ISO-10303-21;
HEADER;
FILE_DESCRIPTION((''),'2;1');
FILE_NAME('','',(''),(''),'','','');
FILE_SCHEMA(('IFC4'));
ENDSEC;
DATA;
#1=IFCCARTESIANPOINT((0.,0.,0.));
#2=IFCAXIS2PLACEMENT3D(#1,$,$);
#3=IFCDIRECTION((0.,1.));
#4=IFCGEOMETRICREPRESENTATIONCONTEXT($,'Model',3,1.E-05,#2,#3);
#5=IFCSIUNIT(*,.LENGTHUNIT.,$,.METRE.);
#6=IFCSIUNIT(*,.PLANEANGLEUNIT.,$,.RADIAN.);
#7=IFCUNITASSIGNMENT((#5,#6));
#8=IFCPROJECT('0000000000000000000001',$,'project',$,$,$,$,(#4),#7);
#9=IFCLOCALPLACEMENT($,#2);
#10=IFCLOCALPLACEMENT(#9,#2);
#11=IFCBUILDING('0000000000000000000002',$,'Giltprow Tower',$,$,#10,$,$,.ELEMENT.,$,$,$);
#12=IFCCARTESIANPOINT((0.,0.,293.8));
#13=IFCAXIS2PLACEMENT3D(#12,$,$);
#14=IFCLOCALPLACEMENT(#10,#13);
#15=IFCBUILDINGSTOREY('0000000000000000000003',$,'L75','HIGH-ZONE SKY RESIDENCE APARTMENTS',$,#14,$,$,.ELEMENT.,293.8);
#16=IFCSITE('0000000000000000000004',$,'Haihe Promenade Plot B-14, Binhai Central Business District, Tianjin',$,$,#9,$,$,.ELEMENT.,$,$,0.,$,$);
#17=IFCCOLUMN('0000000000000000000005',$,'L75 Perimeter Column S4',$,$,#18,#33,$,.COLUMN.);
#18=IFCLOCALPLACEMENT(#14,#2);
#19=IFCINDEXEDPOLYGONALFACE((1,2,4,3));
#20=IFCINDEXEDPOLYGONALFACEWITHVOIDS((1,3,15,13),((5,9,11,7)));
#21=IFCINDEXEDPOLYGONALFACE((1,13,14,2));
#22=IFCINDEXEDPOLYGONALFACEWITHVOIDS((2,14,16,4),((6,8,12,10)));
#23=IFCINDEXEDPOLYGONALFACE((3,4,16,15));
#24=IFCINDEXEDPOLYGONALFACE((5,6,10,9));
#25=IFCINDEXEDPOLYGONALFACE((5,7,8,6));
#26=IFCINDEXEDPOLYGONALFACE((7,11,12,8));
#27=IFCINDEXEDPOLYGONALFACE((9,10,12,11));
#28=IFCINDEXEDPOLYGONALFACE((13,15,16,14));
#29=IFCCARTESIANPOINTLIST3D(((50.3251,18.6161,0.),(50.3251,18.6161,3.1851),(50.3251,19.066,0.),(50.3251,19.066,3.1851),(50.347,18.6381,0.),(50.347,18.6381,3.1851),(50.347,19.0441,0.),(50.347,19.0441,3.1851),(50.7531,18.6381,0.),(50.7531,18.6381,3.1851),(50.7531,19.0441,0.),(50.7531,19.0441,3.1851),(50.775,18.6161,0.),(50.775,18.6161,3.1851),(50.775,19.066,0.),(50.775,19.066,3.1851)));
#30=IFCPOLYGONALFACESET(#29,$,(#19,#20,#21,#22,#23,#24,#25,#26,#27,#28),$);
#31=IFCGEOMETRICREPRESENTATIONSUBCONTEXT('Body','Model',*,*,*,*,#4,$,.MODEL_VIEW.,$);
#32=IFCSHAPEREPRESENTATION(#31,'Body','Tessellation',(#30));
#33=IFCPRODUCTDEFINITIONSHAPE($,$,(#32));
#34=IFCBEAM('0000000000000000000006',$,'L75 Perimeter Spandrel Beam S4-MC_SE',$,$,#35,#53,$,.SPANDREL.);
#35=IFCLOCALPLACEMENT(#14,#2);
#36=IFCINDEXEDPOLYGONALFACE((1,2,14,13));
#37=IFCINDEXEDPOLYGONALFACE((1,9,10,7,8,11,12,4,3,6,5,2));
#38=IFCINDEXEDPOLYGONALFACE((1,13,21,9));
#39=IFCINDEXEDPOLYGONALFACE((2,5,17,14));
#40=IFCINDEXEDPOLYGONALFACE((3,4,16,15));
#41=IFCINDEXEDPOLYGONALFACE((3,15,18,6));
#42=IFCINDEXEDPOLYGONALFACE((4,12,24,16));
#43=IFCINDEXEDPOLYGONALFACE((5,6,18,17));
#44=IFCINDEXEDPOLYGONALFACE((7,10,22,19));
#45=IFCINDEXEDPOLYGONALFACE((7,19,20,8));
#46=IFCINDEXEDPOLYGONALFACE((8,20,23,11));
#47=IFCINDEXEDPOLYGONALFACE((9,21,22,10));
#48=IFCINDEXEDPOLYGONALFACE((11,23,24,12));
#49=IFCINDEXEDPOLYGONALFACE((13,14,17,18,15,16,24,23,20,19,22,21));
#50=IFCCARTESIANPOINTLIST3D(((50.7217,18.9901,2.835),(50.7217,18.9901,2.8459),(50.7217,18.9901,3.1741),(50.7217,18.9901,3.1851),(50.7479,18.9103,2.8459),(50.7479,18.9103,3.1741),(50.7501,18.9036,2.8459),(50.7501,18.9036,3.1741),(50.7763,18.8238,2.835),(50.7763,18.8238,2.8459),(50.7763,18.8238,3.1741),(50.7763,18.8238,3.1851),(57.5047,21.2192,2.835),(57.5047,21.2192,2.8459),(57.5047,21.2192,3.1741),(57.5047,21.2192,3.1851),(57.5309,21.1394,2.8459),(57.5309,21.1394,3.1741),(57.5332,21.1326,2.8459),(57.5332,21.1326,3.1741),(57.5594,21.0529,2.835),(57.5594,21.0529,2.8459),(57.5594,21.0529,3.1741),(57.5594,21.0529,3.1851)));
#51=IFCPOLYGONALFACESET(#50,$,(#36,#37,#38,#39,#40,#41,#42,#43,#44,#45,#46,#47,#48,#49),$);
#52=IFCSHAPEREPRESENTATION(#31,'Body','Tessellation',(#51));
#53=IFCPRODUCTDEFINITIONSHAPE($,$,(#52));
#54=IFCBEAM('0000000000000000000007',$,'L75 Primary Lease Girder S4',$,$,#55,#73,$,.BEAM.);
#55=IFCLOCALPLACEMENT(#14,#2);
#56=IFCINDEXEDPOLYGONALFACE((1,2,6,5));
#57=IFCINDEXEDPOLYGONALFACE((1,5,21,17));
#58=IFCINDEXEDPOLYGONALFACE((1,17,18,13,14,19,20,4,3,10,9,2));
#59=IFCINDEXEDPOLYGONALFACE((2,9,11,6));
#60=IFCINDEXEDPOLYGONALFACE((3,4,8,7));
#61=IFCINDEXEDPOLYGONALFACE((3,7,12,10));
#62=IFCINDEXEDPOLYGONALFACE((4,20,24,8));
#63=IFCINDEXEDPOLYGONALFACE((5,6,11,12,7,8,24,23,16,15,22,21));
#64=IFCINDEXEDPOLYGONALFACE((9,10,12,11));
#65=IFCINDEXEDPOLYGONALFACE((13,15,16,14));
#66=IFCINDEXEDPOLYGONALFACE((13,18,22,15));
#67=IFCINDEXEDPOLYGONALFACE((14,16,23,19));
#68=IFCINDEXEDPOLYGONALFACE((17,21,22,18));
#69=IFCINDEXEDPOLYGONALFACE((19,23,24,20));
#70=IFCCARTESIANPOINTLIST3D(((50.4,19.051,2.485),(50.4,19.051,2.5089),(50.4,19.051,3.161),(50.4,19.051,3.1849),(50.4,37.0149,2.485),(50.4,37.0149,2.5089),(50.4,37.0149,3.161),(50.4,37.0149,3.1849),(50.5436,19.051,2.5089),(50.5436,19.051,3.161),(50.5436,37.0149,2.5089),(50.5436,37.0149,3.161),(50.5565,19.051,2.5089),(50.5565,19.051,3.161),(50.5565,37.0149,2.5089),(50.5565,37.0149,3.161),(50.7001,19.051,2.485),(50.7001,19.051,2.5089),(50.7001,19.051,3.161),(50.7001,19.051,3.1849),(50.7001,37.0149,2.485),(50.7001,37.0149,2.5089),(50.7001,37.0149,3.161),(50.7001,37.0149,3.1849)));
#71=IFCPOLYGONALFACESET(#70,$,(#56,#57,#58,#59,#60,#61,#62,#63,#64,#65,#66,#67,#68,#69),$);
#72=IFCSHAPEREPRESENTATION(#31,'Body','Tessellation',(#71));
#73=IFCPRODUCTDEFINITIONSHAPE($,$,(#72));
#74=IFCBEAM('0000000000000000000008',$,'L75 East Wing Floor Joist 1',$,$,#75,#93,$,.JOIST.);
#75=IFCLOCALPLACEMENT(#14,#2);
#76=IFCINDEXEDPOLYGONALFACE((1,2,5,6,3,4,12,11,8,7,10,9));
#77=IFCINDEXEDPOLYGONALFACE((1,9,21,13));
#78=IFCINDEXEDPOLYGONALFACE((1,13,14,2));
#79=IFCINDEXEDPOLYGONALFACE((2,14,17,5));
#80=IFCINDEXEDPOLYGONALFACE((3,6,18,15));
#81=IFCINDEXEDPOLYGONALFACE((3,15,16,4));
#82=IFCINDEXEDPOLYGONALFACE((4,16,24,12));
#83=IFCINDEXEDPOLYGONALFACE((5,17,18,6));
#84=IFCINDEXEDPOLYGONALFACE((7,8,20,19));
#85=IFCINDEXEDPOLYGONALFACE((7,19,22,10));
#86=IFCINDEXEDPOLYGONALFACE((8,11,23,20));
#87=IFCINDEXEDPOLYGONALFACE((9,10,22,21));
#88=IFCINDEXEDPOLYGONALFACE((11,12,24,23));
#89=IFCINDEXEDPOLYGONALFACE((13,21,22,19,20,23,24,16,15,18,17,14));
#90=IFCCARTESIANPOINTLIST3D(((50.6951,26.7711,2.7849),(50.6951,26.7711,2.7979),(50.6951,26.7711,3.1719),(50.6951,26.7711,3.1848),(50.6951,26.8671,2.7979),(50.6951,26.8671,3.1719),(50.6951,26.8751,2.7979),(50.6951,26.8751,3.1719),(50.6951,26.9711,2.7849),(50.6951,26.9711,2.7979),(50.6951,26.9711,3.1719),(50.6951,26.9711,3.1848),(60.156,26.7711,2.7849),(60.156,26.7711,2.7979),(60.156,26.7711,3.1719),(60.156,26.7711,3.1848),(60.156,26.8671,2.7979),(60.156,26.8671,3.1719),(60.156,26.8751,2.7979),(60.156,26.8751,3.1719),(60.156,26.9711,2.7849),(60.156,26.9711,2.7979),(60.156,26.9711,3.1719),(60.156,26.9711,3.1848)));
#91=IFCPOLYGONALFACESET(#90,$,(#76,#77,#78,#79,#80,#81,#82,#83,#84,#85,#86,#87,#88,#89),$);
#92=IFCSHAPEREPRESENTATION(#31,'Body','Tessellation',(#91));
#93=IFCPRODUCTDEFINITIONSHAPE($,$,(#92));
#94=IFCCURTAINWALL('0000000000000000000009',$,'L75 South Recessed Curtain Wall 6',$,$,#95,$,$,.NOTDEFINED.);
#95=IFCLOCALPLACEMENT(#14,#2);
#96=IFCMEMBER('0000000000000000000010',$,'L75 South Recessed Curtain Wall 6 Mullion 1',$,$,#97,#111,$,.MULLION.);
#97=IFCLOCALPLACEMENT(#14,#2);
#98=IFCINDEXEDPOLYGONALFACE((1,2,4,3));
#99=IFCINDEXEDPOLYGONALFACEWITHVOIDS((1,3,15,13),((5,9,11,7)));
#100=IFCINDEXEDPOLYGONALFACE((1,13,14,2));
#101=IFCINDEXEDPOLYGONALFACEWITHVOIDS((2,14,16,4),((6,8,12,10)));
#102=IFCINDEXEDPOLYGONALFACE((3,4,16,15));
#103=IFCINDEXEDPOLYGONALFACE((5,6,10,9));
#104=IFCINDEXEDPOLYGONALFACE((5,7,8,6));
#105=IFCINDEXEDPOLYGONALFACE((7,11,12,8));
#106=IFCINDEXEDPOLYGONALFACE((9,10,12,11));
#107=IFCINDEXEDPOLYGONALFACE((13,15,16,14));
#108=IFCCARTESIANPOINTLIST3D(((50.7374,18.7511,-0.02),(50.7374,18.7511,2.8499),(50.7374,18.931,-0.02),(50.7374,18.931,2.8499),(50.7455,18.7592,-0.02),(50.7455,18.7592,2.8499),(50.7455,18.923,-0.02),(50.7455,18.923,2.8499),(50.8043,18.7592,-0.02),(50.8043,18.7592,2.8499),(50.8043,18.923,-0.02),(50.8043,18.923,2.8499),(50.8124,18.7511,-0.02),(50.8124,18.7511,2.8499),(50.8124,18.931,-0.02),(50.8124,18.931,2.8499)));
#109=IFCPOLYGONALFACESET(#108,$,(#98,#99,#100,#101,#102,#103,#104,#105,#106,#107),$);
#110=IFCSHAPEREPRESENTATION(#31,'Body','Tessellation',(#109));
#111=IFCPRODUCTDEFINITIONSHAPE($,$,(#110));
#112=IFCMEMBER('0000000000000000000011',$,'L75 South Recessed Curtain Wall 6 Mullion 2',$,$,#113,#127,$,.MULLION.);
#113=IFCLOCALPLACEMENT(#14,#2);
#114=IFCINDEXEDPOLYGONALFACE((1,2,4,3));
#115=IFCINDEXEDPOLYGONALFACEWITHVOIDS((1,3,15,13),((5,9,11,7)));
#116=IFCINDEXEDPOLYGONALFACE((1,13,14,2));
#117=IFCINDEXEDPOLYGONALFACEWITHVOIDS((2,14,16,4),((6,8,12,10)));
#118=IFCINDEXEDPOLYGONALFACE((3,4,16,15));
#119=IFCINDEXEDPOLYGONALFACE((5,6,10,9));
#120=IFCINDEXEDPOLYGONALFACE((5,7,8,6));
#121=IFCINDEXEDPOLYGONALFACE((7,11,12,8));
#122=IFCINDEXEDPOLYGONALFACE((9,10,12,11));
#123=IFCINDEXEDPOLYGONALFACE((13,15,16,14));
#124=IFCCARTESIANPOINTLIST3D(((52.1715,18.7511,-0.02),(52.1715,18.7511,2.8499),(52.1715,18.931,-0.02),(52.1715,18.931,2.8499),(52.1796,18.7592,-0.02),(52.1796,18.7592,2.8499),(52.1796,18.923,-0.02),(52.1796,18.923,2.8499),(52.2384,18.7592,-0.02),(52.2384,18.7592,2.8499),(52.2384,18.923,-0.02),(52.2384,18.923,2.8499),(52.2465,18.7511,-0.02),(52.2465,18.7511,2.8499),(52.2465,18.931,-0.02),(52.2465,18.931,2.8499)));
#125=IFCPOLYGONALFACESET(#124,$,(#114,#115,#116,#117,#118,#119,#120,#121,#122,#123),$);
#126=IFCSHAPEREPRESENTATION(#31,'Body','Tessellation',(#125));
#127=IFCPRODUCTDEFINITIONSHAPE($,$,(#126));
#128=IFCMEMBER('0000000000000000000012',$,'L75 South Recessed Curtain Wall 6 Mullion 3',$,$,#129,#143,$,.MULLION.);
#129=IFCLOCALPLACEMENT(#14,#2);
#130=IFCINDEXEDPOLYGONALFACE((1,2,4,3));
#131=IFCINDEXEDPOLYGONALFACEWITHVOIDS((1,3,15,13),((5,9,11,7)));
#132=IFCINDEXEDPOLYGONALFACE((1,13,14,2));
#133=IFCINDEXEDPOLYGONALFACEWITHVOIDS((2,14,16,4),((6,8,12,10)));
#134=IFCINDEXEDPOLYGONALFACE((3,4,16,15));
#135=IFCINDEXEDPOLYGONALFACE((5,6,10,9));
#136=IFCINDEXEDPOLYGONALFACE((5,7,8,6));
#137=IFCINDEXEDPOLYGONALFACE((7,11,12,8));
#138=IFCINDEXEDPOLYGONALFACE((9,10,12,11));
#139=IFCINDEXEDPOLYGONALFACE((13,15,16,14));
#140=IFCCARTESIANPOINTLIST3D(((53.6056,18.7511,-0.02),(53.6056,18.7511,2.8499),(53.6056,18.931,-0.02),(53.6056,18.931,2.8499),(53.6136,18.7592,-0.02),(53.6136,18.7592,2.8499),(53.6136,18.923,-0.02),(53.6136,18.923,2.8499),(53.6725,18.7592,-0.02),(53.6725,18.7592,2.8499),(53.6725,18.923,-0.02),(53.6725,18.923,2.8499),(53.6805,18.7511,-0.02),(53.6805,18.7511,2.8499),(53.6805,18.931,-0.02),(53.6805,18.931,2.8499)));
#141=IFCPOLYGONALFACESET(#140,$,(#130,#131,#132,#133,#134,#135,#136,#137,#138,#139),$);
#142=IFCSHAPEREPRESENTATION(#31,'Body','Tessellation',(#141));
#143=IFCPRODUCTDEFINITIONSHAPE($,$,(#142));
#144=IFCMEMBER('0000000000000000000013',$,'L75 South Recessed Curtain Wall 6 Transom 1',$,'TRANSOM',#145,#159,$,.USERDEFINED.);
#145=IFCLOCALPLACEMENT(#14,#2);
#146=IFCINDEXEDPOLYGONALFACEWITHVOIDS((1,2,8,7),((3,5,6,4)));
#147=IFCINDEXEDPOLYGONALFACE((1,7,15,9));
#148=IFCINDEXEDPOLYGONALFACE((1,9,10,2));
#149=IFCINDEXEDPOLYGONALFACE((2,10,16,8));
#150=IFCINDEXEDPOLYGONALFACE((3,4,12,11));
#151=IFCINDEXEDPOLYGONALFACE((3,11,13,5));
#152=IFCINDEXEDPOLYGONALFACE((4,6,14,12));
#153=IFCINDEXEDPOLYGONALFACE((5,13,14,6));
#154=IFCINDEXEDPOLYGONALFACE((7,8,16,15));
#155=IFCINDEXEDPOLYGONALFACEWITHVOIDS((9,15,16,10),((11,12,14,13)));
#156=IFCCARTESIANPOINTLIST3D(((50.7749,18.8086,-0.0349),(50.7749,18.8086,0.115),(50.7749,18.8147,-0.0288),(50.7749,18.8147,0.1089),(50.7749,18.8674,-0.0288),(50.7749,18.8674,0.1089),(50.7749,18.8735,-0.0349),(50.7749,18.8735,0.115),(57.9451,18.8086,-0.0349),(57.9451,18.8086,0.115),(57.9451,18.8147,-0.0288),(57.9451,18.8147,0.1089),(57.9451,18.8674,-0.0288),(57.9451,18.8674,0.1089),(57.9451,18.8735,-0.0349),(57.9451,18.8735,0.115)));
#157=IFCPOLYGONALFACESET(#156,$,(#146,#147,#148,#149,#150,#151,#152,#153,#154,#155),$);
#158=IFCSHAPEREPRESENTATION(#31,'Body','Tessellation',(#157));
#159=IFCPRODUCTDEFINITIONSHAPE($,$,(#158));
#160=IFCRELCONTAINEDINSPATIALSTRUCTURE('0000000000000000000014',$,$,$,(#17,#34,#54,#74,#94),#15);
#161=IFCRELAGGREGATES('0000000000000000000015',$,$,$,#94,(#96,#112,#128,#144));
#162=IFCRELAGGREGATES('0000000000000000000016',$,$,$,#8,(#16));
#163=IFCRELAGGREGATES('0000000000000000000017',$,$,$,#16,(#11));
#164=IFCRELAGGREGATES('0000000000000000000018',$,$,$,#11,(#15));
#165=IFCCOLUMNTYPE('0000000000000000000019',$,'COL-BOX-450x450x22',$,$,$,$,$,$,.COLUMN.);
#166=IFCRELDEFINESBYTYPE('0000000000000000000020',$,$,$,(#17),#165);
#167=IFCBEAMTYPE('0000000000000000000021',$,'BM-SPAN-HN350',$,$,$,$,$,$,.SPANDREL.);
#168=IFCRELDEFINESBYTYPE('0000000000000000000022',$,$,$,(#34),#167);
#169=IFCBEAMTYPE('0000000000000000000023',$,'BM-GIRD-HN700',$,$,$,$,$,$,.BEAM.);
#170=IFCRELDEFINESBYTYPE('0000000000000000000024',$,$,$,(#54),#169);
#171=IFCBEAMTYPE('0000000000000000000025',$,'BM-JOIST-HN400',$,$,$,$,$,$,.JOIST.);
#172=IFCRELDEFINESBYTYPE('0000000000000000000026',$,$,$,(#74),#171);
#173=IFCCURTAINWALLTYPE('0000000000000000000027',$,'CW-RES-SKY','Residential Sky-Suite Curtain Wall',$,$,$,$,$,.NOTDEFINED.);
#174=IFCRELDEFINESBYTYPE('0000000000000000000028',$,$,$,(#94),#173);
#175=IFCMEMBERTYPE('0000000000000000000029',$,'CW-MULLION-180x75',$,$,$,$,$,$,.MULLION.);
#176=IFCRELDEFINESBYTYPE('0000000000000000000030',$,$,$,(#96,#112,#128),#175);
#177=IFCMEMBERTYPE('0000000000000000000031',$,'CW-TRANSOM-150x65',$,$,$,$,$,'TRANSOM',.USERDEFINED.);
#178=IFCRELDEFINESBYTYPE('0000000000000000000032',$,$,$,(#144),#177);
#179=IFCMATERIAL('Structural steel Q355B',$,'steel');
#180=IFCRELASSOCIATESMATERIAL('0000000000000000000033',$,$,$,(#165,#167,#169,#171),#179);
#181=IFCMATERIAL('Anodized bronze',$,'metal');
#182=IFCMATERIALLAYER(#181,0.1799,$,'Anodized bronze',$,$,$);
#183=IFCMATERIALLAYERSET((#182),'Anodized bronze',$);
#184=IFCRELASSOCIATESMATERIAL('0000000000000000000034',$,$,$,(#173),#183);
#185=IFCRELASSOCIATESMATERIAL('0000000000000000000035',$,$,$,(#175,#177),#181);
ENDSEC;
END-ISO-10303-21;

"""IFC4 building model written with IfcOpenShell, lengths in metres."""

from ifc_helpers import new_model, si_unit, direction, frame, origin, origin_2d, place, context, subcontext, project, spatial, hollow_rectangle, i_section, extrude, source, transform, mapped, material, layer, layer_set, material_profile, profile_set, type_object, element, aggregate, save


model = new_model("IFC4")

# Units and contexts
model_context = context("Model", 3, precision=1e-05, world=origin(), true_north=direction((0.0, 1.0)))
body_context = subcontext(model_context, "Body", "Model", "MODEL_VIEW")
ifc_project = project(units=[si_unit("LENGTHUNIT", "METRE"), si_unit("PLANEANGLEUNIT", "RADIAN")], contexts=[model_context])

# Site, building, storey
site_placement = place(None, origin())
site = spatial("IfcSite", under=ifc_project, at=site_placement, Name="Haihe Promenade Plot B-14, Binhai Central Business District, Tianjin", CompositionType="ELEMENT", RefElevation=0.0)
building_placement = place(site_placement, origin())
building = spatial("IfcBuilding", under=site, at=building_placement, Name="Giltprow Tower", CompositionType="ELEMENT")
storey_placement = place(building_placement, frame((0.0, 0.0, 293.8)))
storey = spatial("IfcBuildingStorey", under=building, at=storey_placement, Name="L75", Description="HIGH-ZONE SKY RESIDENCE APARTMENTS", CompositionType="ELEMENT", Elevation=293.8)

# Column
ifc_material_1 = material(Name="Structural steel Q355B", Category="steel")
ifc_material_profile_1 = material_profile(ifc_material_1, hollow_rectangle(XDim=0.45, YDim=0.45, WallThickness=0.022, at=origin_2d()), Name="BOX 450x450x22")
ifc_profile_set_1 = profile_set([ifc_material_profile_1], Name="Structural steel Q355B")
column_type = type_object("IfcColumnType", Name="COL-BOX-450x450x22", PredefinedType="COLUMN", material=ifc_profile_set_1)
shared_shape_1 = source(origin(), body_context, "Body", "SweptSolid", [
    extrude(hollow_rectangle(XDim=0.45, YDim=0.45, WallThickness=0.022, at=origin_2d()), origin(), (0.0, 0.0, 1.0), 3.1851),
])
column_placement = place(storey_placement, frame((50.55, 18.8411, 0.0), z_axis=(0.0, 0.0, 1.0), x_axis=(1.0, 0.0, 0.0)))
element("IfcColumn", 1, at=column_placement, inside=storey, type_object=column_type, Name="L75 Perimeter Column S4", PredefinedType="COLUMN", context=body_context, shape_type="MappedRepresentation", body=[
    mapped(shared_shape_1, transform((0.0, 0.0, 0.0), x_axis=(1.0, 0.0, 0.0), y_axis=(0.0, 1.0, 0.0), z_axis=(0.0, 0.0, 1.0), scale=1.0)),
])

# Beams
ifc_material_profile_2 = material_profile(ifc_material_1, i_section(OverallWidth=0.175, OverallDepth=0.3501, WebThickness=0.0071, FlangeThickness=0.011, at=origin_2d()), Name="HN 350x175x7x11")
ifc_profile_set_2 = profile_set([ifc_material_profile_2], Name="Structural steel Q355B")
beam_type_1 = type_object("IfcBeamType", Name="BM-SPAN-HN350", PredefinedType="SPANDREL", material=ifc_profile_set_2)
shared_shape_2 = source(origin(), body_context, "Body", "SweptSolid", [
    extrude(i_section(OverallWidth=0.175, OverallDepth=0.3501, WebThickness=0.0071, FlangeThickness=0.011, at=origin_2d()), origin(), (0.0, 0.0, 1.0), 7.1399),
])
beam_1_placement = place(storey_placement, frame((50.749, 18.907, 3.01), z_axis=(0.950019, 0.312193, 0.0), x_axis=(-0.312193, 0.950019, 0.0)))
element("IfcBeam", 2, at=beam_1_placement, inside=storey, type_object=beam_type_1, Name="L75 Perimeter Spandrel Beam S4-MC_SE", PredefinedType="SPANDREL", context=body_context, shape_type="MappedRepresentation", body=[
    mapped(shared_shape_2, transform((0.0, 0.0, 0.0), x_axis=(1.0, 0.0, 0.0), y_axis=(0.0, 1.0, 0.0), z_axis=(0.0, 0.0, 1.0), scale=1.0)),
])
ifc_material_profile_3 = material_profile(ifc_material_1, i_section(OverallWidth=0.3, OverallDepth=0.7, WebThickness=0.0129, FlangeThickness=0.0239, at=origin_2d()), Name="HN 700x300x13x24")
ifc_profile_set_3 = profile_set([ifc_material_profile_3], Name="Structural steel Q355B")
beam_type_2 = type_object("IfcBeamType", Name="BM-GIRD-HN700", PredefinedType="BEAM", material=ifc_profile_set_3)
shared_shape_3 = source(origin(), body_context, "Body", "SweptSolid", [
    extrude(i_section(OverallWidth=0.3, OverallDepth=0.7, WebThickness=0.0129, FlangeThickness=0.0239, at=origin_2d()), origin(), (0.0, 0.0, 1.0), 17.9639),
])
beam_2_placement = place(storey_placement, frame((50.55, 19.051, 2.835), z_axis=(0.0, 1.0, 0.0), x_axis=(-1.0, 0.0, 0.0)))
element("IfcBeam", 3, at=beam_2_placement, inside=storey, type_object=beam_type_2, Name="L75 Primary Lease Girder S4", PredefinedType="BEAM", context=body_context, shape_type="MappedRepresentation", body=[
    mapped(shared_shape_3, transform((0.0, 0.0, 0.0), x_axis=(1.0, 0.0, 0.0), y_axis=(0.0, 1.0, 0.0), z_axis=(0.0, 0.0, 1.0), scale=1.0)),
])
ifc_material_profile_4 = material_profile(ifc_material_1, i_section(OverallWidth=0.2, OverallDepth=0.3999, WebThickness=0.0081, FlangeThickness=0.0129, at=origin_2d()), Name="HN 400x200x8x13")
ifc_profile_set_4 = profile_set([ifc_material_profile_4], Name="Structural steel Q355B")
beam_type_3 = type_object("IfcBeamType", Name="BM-JOIST-HN400", PredefinedType="JOIST", material=ifc_profile_set_4)
shared_shape_4 = source(origin(), body_context, "Body", "SweptSolid", [
    extrude(i_section(OverallWidth=0.2, OverallDepth=0.3999, WebThickness=0.0081, FlangeThickness=0.0129, at=origin_2d()), origin(), (0.0, 0.0, 1.0), 9.4609),
])
beam_3_placement = place(storey_placement, frame((50.6951, 26.8711, 2.9849), z_axis=(1.0, 0.0, 0.0), x_axis=(0.0, 1.0, 0.0)))
element("IfcBeam", 4, at=beam_3_placement, inside=storey, type_object=beam_type_3, Name="L75 East Wing Floor Joist 1", PredefinedType="JOIST", context=body_context, shape_type="MappedRepresentation", body=[
    mapped(shared_shape_4, transform((0.0, 0.0, 0.0), x_axis=(1.0, 0.0, 0.0), y_axis=(0.0, 1.0, 0.0), z_axis=(0.0, 0.0, 1.0), scale=1.0)),
])

# Curtain wall, members
ifc_material_2 = material(Name="Anodized bronze", Category="metal")
ifc_layer_1 = layer(ifc_material_2, 0.1799, Name="Anodized bronze")
ifc_layer_set_1 = layer_set([ifc_layer_1], Name="Anodized bronze")
curtain_wall_type = type_object("IfcCurtainWallType", Name="CW-RES-SKY", Description="Residential Sky-Suite Curtain Wall", PredefinedType="NOTDEFINED", material=ifc_layer_set_1)
curtain_wall_placement = place(storey_placement, origin())
curtain_wall = element("IfcCurtainWall", 5, at=curtain_wall_placement, inside=storey, type_object=curtain_wall_type, Name="L75 South Recessed Curtain Wall 6", PredefinedType="NOTDEFINED")
ifc_material_profile_5 = material_profile(ifc_material_2, hollow_rectangle(XDim=0.075, YDim=0.1799, WallThickness=0.0081, at=origin_2d()), Name="RHS 180x75x8")
ifc_profile_set_5 = profile_set([ifc_material_profile_5], Name="Anodized bronze")
member_type_1 = type_object("IfcMemberType", Name="CW-MULLION-180x75", PredefinedType="MULLION", material=ifc_profile_set_5)
shared_shape_5 = source(origin(), body_context, "Body", "SweptSolid", [
    extrude(hollow_rectangle(XDim=0.075, YDim=0.1799, WallThickness=0.0081, at=origin_2d()), origin(), (0.0, 0.0, 1.0), 2.8699),
])
member_1_placement = place(storey_placement, frame((50.7749, 18.8411, -0.02), z_axis=(0.0, 0.0, 1.0), x_axis=(1.0, 0.0, 0.0)))
member_1 = element("IfcMember", 6, at=member_1_placement, type_object=member_type_1, Name="L75 South Recessed Curtain Wall 6 Mullion 1", PredefinedType="MULLION", context=body_context, shape_type="MappedRepresentation", body=[
    mapped(shared_shape_5, transform((0.0, 0.0, 0.0), x_axis=(1.0, 0.0, 0.0), y_axis=(0.0, 1.0, 0.0), z_axis=(0.0, 0.0, 1.0), scale=1.0)),
])
member_2_placement = place(storey_placement, frame((52.209, 18.8411, -0.02), z_axis=(0.0, 0.0, 1.0), x_axis=(1.0, 0.0, 0.0)))
member_2 = element("IfcMember", 7, at=member_2_placement, type_object=member_type_1, Name="L75 South Recessed Curtain Wall 6 Mullion 2", PredefinedType="MULLION", context=body_context, shape_type="MappedRepresentation", body=[
    mapped(shared_shape_5, transform((0.0, 0.0, 0.0), x_axis=(1.0, 0.0, 0.0), y_axis=(0.0, 1.0, 0.0), z_axis=(0.0, 0.0, 1.0), scale=1.0)),
])
member_3_placement = place(storey_placement, frame((53.6431, 18.8411, -0.02), z_axis=(0.0, 0.0, 1.0), x_axis=(1.0, 0.0, 0.0)))
member_3 = element("IfcMember", 8, at=member_3_placement, type_object=member_type_1, Name="L75 South Recessed Curtain Wall 6 Mullion 3", PredefinedType="MULLION", context=body_context, shape_type="MappedRepresentation", body=[
    mapped(shared_shape_5, transform((0.0, 0.0, 0.0), x_axis=(1.0, 0.0, 0.0), y_axis=(0.0, 1.0, 0.0), z_axis=(0.0, 0.0, 1.0), scale=1.0)),
])
ifc_material_profile_6 = material_profile(ifc_material_2, hollow_rectangle(XDim=0.0649, YDim=0.1499, WallThickness=0.0061, at=origin_2d()), Name="RHS 150x65x6")
ifc_profile_set_6 = profile_set([ifc_material_profile_6], Name="Anodized bronze")
member_type_2 = type_object("IfcMemberType", Name="CW-TRANSOM-150x65", ElementType="TRANSOM", PredefinedType="USERDEFINED", material=ifc_profile_set_6)
shared_shape_6 = source(origin(), body_context, "Body", "SweptSolid", [
    extrude(hollow_rectangle(XDim=0.0649, YDim=0.1499, WallThickness=0.0061, at=origin_2d()), origin(), (0.0, 0.0, 1.0), 7.1702),
])
member_4_placement = place(storey_placement, frame((50.7749, 18.8411, 0.04), z_axis=(1.0, 0.0, 0.0), x_axis=(0.0, 1.0, 0.0)))
member_4 = element("IfcMember", 9, at=member_4_placement, type_object=member_type_2, Name="L75 South Recessed Curtain Wall 6 Transom 1", ObjectType="TRANSOM", PredefinedType="USERDEFINED", context=body_context, shape_type="MappedRepresentation", body=[
    mapped(shared_shape_6, transform((0.0, 0.0, 0.0), x_axis=(1.0, 0.0, 0.0), y_axis=(0.0, 1.0, 0.0), z_axis=(0.0, 0.0, 1.0), scale=1.0)),
])
aggregate(curtain_wall, [member_1, member_2, member_3, member_4])

save(model, "model.ifc")
